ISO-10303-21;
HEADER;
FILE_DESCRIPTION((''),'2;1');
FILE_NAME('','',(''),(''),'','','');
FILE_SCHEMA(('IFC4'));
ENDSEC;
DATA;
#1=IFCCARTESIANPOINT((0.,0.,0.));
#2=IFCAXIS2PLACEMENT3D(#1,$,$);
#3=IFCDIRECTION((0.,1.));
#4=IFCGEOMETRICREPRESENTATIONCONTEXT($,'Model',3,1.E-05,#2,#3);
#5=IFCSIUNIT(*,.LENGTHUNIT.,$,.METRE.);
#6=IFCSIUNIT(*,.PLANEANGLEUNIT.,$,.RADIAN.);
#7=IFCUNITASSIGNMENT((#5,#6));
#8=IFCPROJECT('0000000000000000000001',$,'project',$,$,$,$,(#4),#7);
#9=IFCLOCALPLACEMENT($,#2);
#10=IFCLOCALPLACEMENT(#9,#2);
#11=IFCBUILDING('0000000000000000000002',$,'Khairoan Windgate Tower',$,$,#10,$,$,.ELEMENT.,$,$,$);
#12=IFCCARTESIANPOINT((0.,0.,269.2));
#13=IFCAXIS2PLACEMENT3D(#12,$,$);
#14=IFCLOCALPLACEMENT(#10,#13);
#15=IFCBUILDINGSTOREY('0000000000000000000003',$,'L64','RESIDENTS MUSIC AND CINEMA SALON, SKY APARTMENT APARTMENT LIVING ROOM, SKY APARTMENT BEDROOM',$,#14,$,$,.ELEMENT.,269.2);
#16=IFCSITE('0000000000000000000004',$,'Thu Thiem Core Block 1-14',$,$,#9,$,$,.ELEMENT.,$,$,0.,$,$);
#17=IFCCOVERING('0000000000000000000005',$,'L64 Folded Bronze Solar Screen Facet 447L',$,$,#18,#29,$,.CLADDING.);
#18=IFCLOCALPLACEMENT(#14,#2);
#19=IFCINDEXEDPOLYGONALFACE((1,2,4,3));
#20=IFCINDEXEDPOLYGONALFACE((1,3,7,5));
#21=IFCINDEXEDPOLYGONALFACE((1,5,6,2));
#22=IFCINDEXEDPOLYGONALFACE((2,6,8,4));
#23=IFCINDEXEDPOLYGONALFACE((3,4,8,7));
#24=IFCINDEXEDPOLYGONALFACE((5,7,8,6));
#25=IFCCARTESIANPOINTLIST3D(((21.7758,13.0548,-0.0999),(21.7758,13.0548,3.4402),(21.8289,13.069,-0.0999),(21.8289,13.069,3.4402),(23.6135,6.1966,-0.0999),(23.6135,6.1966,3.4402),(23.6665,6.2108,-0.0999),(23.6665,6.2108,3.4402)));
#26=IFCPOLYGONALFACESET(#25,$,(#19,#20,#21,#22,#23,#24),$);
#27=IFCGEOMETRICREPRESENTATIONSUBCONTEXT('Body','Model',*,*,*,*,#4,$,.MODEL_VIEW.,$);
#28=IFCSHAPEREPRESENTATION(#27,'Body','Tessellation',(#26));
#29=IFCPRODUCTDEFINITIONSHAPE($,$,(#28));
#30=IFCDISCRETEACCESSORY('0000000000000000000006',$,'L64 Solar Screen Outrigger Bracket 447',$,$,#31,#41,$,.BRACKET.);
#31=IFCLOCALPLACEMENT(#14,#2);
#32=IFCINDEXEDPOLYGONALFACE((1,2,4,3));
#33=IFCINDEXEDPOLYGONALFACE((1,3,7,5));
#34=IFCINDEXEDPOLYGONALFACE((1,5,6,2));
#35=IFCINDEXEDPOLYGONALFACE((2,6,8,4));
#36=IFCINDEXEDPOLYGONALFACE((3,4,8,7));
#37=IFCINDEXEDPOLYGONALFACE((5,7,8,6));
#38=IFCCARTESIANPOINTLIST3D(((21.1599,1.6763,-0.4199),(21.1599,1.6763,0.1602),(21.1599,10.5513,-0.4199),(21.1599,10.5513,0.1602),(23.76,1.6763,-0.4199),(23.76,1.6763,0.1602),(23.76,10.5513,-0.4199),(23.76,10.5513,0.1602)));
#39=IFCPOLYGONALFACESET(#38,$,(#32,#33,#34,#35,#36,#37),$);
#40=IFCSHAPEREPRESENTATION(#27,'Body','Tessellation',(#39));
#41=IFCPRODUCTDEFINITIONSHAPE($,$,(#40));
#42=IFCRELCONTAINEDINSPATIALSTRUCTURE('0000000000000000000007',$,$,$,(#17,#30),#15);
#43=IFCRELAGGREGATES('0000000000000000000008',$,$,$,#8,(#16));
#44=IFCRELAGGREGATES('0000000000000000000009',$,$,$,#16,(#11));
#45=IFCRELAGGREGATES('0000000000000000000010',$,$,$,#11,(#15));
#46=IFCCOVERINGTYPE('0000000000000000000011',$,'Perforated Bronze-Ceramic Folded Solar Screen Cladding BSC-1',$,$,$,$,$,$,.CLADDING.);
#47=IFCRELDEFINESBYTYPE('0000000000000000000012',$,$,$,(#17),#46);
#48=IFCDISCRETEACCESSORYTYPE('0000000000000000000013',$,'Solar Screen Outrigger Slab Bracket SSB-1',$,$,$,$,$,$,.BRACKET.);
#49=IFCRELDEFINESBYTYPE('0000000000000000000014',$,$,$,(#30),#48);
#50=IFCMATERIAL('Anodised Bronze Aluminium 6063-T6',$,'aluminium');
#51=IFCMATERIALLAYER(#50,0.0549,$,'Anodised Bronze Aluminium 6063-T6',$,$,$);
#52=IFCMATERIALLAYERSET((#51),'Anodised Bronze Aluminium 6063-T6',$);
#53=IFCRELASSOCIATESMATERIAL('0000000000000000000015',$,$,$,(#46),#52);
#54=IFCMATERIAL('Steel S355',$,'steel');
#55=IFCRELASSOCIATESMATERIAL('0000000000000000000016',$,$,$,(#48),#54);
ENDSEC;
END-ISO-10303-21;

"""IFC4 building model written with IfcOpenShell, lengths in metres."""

from ifc_helpers import new_model, si_unit, direction, frame, origin, origin_2d, place, context, subcontext, project, spatial, rectangle, extrude, material, layer, layer_set, type_object, element, save


model = new_model("IFC4")

# Units and contexts
model_context = context("Model", 3, precision=1e-05, world=origin(), true_north=direction((0.0, 1.0)))
body_context = subcontext(model_context, "Body", "Model", "MODEL_VIEW")
ifc_project = project(units=[si_unit("LENGTHUNIT", "METRE"), si_unit("PLANEANGLEUNIT", "RADIAN")], contexts=[model_context])

# Site, building, storey
site_placement = place(None, origin())
site = spatial("IfcSite", under=ifc_project, at=site_placement, Name="Thu Thiem Core Block 1-14", CompositionType="ELEMENT", RefElevation=0.0)
building_placement = place(site_placement, origin())
building = spatial("IfcBuilding", under=site, at=building_placement, Name="Khairoan Windgate Tower", CompositionType="ELEMENT")
storey_placement = place(building_placement, frame((0.0, 0.0, 269.2)))
storey = spatial("IfcBuildingStorey", under=building, at=storey_placement, Name="L64", Description="RESIDENTS MUSIC AND CINEMA SALON, SKY APARTMENT APARTMENT LIVING ROOM, SKY APARTMENT BEDROOM", CompositionType="ELEMENT", Elevation=269.2)

# Covering
ifc_material_1 = material(Name="Anodised Bronze Aluminium 6063-T6", Category="aluminium")
ifc_layer_1 = layer(ifc_material_1, 0.0549, Name="Anodised Bronze Aluminium 6063-T6")
ifc_layer_set_1 = layer_set([ifc_layer_1], Name="Anodised Bronze Aluminium 6063-T6")
covering_type = type_object("IfcCoveringType", Name="Perforated Bronze-Ceramic Folded Solar Screen Cladding BSC-1", PredefinedType="CLADDING", material=ifc_layer_set_1)
covering_placement = place(storey_placement, frame((22.7212, 9.6328, -0.0999), z_axis=(0.0, 0.0, 1.0), x_axis=(0.258819, -0.965926, 0.0)))
element("IfcCovering", 1, at=covering_placement, inside=storey, type_object=covering_type, Name="L64 Folded Bronze Solar Screen Facet 447L", PredefinedType="CLADDING", context=body_context, shape_type="SweptSolid", body=[
    extrude(rectangle(XDim=7.1001, YDim=0.0549, at=origin_2d()), origin(), (0.0, 0.0, 1.0), 3.54),
])

# Discrete accessory
ifc_material_2 = material(Name="Steel S355", Category="steel")
discrete_accessory_type = type_object("IfcDiscreteAccessoryType", Name="Solar Screen Outrigger Slab Bracket SSB-1", PredefinedType="BRACKET", material=ifc_material_2)
discrete_accessory_placement = place(storey_placement, frame((22.46, 6.1138, -0.4199), z_axis=(0.0, 0.0, 1.0), x_axis=(0.0, -1.0, 0.0)))
element("IfcDiscreteAccessory", 2, at=discrete_accessory_placement, inside=storey, type_object=discrete_accessory_type, Name="L64 Solar Screen Outrigger Bracket 447", PredefinedType="BRACKET", context=body_context, shape_type="SweptSolid", body=[
    extrude(rectangle(XDim=8.875, YDim=2.6001, at=origin_2d()), origin(), (0.0, 0.0, 1.0), 0.5801),
])

save(model, "model.ifc")
